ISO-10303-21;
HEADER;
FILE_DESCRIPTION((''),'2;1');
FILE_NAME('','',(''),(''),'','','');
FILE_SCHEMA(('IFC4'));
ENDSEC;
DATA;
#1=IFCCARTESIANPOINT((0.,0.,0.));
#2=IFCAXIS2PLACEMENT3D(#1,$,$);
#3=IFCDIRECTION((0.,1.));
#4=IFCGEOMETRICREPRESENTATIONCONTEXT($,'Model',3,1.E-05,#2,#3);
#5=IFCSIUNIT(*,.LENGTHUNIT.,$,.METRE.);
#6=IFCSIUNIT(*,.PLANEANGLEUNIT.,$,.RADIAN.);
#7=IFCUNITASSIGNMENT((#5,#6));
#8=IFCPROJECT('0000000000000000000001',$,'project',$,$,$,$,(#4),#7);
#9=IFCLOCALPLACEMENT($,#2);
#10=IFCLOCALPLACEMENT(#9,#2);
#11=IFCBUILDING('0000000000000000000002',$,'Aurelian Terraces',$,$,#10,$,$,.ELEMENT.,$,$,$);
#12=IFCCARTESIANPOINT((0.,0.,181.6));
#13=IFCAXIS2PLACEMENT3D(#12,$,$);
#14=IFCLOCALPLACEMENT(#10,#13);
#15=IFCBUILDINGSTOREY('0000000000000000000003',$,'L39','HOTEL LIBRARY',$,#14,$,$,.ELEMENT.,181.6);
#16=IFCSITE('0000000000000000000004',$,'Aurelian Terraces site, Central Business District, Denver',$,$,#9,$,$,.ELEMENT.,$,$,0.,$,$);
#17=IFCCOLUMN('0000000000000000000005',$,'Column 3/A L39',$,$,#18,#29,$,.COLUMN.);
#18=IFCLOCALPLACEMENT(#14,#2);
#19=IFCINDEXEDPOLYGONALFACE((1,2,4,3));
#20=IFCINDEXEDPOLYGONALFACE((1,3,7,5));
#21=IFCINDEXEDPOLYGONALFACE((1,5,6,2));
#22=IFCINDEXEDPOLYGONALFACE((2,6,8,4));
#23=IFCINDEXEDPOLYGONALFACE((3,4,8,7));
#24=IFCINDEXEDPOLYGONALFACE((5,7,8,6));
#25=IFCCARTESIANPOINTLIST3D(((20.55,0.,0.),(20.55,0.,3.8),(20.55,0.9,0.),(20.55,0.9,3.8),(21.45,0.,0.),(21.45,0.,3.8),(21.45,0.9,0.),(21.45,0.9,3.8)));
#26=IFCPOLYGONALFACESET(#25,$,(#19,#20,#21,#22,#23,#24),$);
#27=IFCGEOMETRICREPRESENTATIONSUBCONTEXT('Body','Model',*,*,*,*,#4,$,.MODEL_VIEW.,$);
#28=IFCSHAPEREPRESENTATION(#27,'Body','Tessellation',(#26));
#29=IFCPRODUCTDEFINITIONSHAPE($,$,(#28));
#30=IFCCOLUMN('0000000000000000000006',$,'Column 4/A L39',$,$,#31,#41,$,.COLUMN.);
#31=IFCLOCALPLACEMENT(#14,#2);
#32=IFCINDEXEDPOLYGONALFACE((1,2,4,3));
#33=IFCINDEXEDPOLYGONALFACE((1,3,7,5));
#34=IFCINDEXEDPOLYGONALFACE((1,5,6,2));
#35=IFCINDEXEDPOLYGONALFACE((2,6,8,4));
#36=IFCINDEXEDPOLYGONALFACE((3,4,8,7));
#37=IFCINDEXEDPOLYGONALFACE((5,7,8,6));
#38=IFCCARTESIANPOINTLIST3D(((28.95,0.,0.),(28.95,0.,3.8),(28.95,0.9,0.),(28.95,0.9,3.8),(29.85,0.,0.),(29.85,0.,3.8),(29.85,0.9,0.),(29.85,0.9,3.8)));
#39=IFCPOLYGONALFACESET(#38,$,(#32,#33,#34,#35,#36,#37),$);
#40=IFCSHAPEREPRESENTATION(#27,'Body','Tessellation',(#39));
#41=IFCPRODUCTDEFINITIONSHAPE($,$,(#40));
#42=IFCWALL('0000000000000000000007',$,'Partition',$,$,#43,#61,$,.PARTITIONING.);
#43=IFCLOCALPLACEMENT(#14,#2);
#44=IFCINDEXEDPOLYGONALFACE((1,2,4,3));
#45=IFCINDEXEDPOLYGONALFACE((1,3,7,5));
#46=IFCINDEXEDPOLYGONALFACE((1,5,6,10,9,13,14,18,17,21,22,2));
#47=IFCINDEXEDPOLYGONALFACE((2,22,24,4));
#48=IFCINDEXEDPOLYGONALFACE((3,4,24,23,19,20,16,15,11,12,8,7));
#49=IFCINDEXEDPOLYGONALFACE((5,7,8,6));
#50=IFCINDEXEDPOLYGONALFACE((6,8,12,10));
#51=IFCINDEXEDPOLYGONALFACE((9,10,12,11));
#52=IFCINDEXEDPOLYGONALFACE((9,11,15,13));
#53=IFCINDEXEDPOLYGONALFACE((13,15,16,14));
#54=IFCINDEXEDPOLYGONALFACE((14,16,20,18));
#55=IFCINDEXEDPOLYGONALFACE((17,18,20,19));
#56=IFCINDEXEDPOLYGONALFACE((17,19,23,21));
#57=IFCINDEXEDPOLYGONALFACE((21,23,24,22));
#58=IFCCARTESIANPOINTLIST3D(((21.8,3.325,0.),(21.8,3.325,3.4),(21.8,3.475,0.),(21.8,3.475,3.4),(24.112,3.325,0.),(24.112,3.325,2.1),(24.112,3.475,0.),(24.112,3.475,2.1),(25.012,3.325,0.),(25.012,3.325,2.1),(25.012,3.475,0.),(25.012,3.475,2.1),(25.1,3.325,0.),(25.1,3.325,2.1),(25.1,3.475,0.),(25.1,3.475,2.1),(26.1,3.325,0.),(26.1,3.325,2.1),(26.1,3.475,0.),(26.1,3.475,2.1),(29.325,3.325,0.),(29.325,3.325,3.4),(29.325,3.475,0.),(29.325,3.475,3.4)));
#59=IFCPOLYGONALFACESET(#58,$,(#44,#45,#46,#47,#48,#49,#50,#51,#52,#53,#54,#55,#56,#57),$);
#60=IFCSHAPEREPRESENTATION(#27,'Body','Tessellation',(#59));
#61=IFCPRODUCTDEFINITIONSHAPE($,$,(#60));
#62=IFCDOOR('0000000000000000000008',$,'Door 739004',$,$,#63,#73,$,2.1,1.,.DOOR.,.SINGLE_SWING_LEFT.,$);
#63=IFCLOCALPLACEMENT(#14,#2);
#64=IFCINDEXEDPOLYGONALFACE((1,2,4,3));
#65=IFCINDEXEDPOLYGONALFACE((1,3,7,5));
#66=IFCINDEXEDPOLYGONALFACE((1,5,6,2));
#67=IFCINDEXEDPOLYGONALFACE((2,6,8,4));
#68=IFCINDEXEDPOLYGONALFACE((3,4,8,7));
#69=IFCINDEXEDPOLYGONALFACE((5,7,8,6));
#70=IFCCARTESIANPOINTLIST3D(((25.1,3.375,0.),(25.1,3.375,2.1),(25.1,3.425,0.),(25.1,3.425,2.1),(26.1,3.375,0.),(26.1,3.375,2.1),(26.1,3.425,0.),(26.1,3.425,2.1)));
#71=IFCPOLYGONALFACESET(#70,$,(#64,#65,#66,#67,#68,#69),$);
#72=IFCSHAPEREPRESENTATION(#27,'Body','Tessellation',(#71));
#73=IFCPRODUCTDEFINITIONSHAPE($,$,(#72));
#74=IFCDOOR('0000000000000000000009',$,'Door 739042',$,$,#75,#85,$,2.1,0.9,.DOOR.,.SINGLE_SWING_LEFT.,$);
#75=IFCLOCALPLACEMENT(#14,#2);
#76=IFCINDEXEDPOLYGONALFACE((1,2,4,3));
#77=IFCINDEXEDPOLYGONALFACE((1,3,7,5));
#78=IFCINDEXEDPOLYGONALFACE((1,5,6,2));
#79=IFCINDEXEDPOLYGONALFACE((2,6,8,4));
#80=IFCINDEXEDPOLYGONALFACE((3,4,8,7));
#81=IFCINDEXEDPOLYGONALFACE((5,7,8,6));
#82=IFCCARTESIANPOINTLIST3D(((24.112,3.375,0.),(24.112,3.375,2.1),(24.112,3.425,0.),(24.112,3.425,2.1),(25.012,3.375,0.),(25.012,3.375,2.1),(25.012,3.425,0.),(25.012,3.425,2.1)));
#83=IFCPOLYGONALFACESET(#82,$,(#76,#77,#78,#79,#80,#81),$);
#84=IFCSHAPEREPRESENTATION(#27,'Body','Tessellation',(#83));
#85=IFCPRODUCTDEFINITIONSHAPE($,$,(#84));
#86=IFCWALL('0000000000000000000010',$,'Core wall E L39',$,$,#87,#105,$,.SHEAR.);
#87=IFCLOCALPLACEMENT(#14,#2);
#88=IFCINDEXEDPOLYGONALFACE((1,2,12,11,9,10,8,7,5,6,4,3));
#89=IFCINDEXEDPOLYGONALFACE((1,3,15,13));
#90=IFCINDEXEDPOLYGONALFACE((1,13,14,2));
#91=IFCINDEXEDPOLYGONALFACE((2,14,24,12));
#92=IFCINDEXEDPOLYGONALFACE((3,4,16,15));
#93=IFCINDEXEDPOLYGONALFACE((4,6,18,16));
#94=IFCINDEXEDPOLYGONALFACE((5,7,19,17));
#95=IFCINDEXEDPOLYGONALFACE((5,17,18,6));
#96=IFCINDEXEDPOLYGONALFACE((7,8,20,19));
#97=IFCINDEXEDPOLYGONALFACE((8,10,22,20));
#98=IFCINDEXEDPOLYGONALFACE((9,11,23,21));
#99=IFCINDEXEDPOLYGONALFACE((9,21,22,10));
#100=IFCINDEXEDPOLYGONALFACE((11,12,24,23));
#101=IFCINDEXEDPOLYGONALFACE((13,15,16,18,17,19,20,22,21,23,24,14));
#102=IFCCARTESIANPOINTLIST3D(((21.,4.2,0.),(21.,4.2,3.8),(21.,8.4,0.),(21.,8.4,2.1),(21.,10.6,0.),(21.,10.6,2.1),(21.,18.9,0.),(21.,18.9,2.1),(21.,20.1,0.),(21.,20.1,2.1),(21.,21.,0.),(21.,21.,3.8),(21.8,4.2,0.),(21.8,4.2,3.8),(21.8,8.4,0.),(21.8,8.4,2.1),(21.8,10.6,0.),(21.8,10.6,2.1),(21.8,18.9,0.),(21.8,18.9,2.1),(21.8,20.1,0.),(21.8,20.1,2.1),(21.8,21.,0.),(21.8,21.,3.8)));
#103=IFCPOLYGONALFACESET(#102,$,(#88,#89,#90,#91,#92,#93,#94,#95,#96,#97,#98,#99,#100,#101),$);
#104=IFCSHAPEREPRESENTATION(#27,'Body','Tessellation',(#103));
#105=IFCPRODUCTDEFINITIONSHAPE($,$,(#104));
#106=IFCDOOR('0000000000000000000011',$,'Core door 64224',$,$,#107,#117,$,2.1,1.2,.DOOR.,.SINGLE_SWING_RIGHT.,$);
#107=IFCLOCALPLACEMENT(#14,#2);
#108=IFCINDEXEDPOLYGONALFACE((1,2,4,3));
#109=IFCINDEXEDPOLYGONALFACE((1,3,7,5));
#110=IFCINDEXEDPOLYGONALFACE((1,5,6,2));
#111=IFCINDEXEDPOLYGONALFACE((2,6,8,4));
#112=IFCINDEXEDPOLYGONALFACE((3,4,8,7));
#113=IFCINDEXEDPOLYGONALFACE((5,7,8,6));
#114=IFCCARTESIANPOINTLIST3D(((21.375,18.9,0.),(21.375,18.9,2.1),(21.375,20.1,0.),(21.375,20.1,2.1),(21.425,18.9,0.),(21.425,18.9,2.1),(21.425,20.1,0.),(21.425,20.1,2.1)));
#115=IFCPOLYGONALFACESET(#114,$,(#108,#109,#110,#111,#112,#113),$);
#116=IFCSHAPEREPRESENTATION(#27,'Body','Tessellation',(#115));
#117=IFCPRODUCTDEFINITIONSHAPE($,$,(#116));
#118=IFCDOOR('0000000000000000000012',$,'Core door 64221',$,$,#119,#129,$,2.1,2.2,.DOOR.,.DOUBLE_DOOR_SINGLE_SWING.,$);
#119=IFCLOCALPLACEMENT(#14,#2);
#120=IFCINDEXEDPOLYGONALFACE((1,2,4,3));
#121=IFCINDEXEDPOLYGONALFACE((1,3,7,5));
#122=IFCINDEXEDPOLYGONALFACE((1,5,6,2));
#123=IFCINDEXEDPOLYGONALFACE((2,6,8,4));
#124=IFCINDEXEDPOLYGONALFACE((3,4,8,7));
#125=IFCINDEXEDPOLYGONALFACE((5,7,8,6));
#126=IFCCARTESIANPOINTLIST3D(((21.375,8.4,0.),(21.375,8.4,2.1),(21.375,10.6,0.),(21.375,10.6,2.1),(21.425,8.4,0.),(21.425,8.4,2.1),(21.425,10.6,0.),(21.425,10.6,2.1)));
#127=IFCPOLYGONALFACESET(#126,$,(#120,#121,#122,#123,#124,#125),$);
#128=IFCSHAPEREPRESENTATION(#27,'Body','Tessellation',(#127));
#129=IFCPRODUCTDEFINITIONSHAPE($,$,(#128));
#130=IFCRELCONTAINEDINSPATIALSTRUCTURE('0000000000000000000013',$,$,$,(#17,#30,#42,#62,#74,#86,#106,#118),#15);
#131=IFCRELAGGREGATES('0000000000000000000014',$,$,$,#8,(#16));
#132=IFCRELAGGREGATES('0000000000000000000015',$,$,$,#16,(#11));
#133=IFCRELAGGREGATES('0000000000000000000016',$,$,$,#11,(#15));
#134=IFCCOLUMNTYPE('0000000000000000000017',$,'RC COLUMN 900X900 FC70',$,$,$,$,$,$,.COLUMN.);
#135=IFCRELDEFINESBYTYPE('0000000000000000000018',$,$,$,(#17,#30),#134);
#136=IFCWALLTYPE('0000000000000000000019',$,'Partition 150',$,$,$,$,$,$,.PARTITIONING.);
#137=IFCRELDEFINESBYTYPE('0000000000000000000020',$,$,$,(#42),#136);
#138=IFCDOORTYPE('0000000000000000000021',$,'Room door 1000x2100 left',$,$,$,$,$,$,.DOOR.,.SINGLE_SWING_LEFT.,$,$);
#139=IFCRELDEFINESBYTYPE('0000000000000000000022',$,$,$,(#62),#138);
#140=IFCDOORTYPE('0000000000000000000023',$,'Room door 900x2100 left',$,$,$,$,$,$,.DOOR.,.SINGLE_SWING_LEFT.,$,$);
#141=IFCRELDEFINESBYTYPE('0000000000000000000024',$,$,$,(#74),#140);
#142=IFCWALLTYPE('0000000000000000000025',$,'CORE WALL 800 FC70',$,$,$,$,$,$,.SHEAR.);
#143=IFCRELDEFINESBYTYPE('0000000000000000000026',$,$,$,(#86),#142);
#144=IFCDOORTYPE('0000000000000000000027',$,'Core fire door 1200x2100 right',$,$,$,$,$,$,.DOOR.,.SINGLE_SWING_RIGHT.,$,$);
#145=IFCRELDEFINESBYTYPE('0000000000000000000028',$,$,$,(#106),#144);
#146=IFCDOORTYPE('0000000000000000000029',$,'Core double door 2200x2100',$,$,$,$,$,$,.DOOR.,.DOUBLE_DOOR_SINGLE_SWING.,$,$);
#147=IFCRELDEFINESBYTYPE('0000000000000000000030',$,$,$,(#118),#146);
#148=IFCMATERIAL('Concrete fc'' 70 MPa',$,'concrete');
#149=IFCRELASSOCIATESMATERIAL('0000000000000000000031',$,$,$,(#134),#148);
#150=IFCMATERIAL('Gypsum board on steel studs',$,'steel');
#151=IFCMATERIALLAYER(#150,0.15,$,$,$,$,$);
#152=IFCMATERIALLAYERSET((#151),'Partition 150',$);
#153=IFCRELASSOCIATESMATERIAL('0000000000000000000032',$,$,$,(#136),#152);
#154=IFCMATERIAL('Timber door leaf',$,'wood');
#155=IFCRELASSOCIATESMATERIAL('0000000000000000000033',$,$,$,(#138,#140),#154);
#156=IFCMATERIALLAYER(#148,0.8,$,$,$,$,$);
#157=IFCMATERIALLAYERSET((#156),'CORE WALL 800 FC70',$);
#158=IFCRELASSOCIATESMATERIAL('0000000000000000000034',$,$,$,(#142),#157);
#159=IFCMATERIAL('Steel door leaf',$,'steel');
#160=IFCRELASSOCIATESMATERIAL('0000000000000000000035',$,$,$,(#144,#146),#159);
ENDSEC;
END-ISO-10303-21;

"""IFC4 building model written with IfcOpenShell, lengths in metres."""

from ifc_helpers import new_model, si_unit, direction, frame, frame_2d, origin, origin_2d, place, context, subcontext, project, spatial, rectangle, extrude, source, transform, mapped, material, layer, layer_set, material_profile, profile_set, type_object, element, fill, save


model = new_model("IFC4")

# Units and contexts
model_context = context("Model", 3, precision=1e-05, world=origin(), true_north=direction((0.0, 1.0)))
body_context = subcontext(model_context, "Body", "Model", "MODEL_VIEW")
ifc_project = project(units=[si_unit("LENGTHUNIT", "METRE"), si_unit("PLANEANGLEUNIT", "RADIAN")], contexts=[model_context])

# Site, building, storey
site_placement = place(None, origin())
site = spatial("IfcSite", under=ifc_project, at=site_placement, Name="Aurelian Terraces site, Central Business District, Denver", CompositionType="ELEMENT", RefElevation=0.0)
building_placement = place(site_placement, origin())
building = spatial("IfcBuilding", under=site, at=building_placement, Name="Aurelian Terraces", CompositionType="ELEMENT")
storey_placement = place(building_placement, frame((0.0, 0.0, 181.6)))
storey = spatial("IfcBuildingStorey", under=building, at=storey_placement, Name="L39", Description="HOTEL LIBRARY", CompositionType="ELEMENT", Elevation=181.6)

# Columns
ifc_material_1 = material(Name="Concrete fc' 70 MPa", Category="concrete")
ifc_material_profile = material_profile(ifc_material_1, rectangle(XDim=0.9, YDim=0.9, at=origin_2d()))
ifc_profile_set = profile_set([ifc_material_profile], Name="Concrete fc' 70 MPa")
column_type = type_object("IfcColumnType", Name="RC COLUMN 900X900 FC70", PredefinedType="COLUMN", material=ifc_profile_set)
shared_shape_1 = source(origin(), body_context, "Body", "SweptSolid", [
    extrude(rectangle(XDim=0.9, YDim=0.9, at=origin_2d()), origin(), (0.0, 0.0, 1.0), 3.8),
])
for number, where, z_axis, x_axis, name in (
    (1, (21.0, 0.45, 0.0), (0.0, 0.0, 1.0), (1.0, 0.0, 0.0), "Column 3/A L39"),
    (2, (29.4, 0.45, 0.0), (0.0, 0.0, 1.0), (1.0, 0.0, 0.0), "Column 4/A L39"),
):
    element("IfcColumn", number, at=place(storey_placement, frame(where, z_axis=z_axis, x_axis=x_axis)), inside=storey, type_object=column_type, Name=name, PredefinedType="COLUMN", context=body_context, shape_type="MappedRepresentation", body=[
        mapped(shared_shape_1, transform((0.0, 0.0, 0.0), scale=1.0)),
    ])

# Walls, openings, doors
ifc_material_2 = material(Name="Gypsum board on steel studs", Category="steel")
ifc_layer_1 = layer(ifc_material_2, 0.15)
ifc_layer_set_1 = layer_set([ifc_layer_1], Name="Partition 150")
wall_type_1 = type_object("IfcWallType", Name="Partition 150", PredefinedType="PARTITIONING", material=ifc_layer_set_1)
wall_1_placement = place(storey_placement, frame((21.8, 3.4, 0.0), z_axis=(0.0, 0.0, 1.0), x_axis=(1.0, 0.0, 0.0)))
wall_1 = element("IfcWall", 3, at=wall_1_placement, inside=storey, type_object=wall_type_1, Name="Partition", PredefinedType="PARTITIONING", context=body_context, shape_type="SweptSolid", body=[
    extrude(rectangle(XDim=7.525, YDim=0.15, at=frame_2d((3.7625, 0.0))), origin(), (0.0, 0.0, 1.0), 3.4),
])
shared_shape_2 = source(origin(), body_context, "Body", "SweptSolid", [
    extrude(rectangle(XDim=1.0, YDim=2.1, at=frame_2d((0.5, 1.05))), frame((0.0, 0.085, 0.0), z_axis=(0.0, -1.0, 0.0), x_axis=(1.0, 0.0, 0.0)), (0.0, 0.0, 1.0), 0.17),
])
opening_1_placement = place(wall_1_placement, frame((3.3, 0.0, 0.0)))
opening_1 = element("IfcOpeningElement", 4, at=opening_1_placement, cuts=wall_1, PredefinedType="OPENING", context=body_context, shape_type="MappedRepresentation", body=[
    mapped(shared_shape_2, transform((0.0, 0.0, 0.0), scale=1.0)),
])
shared_shape_3 = source(origin(), body_context, "Body", "SweptSolid", [
    extrude(rectangle(XDim=0.9, YDim=2.1, at=frame_2d((0.45, 1.05))), frame((0.0, 0.085, 0.0), z_axis=(0.0, -1.0, 0.0), x_axis=(1.0, 0.0, 0.0)), (0.0, 0.0, 1.0), 0.17),
])
opening_2_placement = place(wall_1_placement, frame((2.312, 0.0, 0.0)))
opening_2 = element("IfcOpeningElement", 5, at=opening_2_placement, cuts=wall_1, PredefinedType="OPENING", context=body_context, shape_type="MappedRepresentation", body=[
    mapped(shared_shape_3, transform((0.0, 0.0, 0.0), scale=1.0)),
])
ifc_material_3 = material(Name="Timber door leaf", Category="wood")
door_type_1 = type_object("IfcDoorType", Name="Room door 1000x2100 left", OperationType="SINGLE_SWING_LEFT", PredefinedType="DOOR", material=ifc_material_3)
shared_shape_4 = source(origin(), body_context, "Body", "SweptSolid", [
    extrude(rectangle(XDim=1.0, YDim=2.1, at=frame_2d((0.5, 1.05))), frame((0.0, 0.025, 0.0), z_axis=(0.0, -1.0, 0.0), x_axis=(1.0, 0.0, 0.0)), (0.0, 0.0, 1.0), 0.05),
])
door_1_placement = place(opening_1_placement, origin())
door_1 = element("IfcDoor", 6, at=door_1_placement, inside=storey, type_object=door_type_1, Name="Door 739004", OperationType="SINGLE_SWING_LEFT", OverallHeight=2.1, OverallWidth=1.0, PredefinedType="DOOR", context=body_context, shape_type="MappedRepresentation", body=[
    mapped(shared_shape_4, transform((0.0, 0.0, 0.0), scale=1.0)),
])
fill(opening_1, door_1)
door_type_2 = type_object("IfcDoorType", Name="Room door 900x2100 left", OperationType="SINGLE_SWING_LEFT", PredefinedType="DOOR", material=ifc_material_3)
shared_shape_5 = source(origin(), body_context, "Body", "SweptSolid", [
    extrude(rectangle(XDim=0.9, YDim=2.1, at=frame_2d((0.45, 1.05))), frame((0.0, 0.025, 0.0), z_axis=(0.0, -1.0, 0.0), x_axis=(1.0, 0.0, 0.0)), (0.0, 0.0, 1.0), 0.05),
])
door_2_placement = place(opening_2_placement, origin())
door_2 = element("IfcDoor", 7, at=door_2_placement, inside=storey, type_object=door_type_2, Name="Door 739042", OperationType="SINGLE_SWING_LEFT", OverallHeight=2.1, OverallWidth=0.9, PredefinedType="DOOR", context=body_context, shape_type="MappedRepresentation", body=[
    mapped(shared_shape_5, transform((0.0, 0.0, 0.0), scale=1.0)),
])
fill(opening_2, door_2)
ifc_layer_2 = layer(ifc_material_1, 0.8)
ifc_layer_set_2 = layer_set([ifc_layer_2], Name="CORE WALL 800 FC70")
wall_type_2 = type_object("IfcWallType", Name="CORE WALL 800 FC70", PredefinedType="SHEAR", material=ifc_layer_set_2)
shared_shape_6 = source(origin(), body_context, "Body", "SweptSolid", [
    extrude(rectangle(XDim=16.8, YDim=0.8, at=frame_2d((8.4, 0.0))), origin(), (0.0, 0.0, 1.0), 3.8),
])
wall_2_placement = place(storey_placement, frame((21.4, 4.2, 0.0), z_axis=(0.0, 0.0, 1.0), x_axis=(0.0, 1.0, 0.0)))
wall_2 = element("IfcWall", 8, at=wall_2_placement, inside=storey, type_object=wall_type_2, Name="Core wall E L39", PredefinedType="SHEAR", context=body_context, shape_type="MappedRepresentation", body=[
    mapped(shared_shape_6, transform((0.0, 0.0, 0.0), scale=1.0)),
])
shared_shape_7 = source(origin(), body_context, "Body", "SweptSolid", [
    extrude(rectangle(XDim=2.2, YDim=2.1, at=frame_2d((1.1, 1.05))), frame((0.0, 0.41, 0.0), z_axis=(0.0, -1.0, 0.0), x_axis=(1.0, 0.0, 0.0)), (0.0, 0.0, 1.0), 0.82),
])
opening_3_placement = place(wall_2_placement, frame((4.2, 0.0, 0.0)))
opening_3 = element("IfcOpeningElement", 9, at=opening_3_placement, cuts=wall_2, PredefinedType="OPENING", context=body_context, shape_type="MappedRepresentation", body=[
    mapped(shared_shape_7, transform((0.0, 0.0, 0.0), scale=1.0)),
])
shared_shape_8 = source(origin(), body_context, "Body", "SweptSolid", [
    extrude(rectangle(XDim=1.2, YDim=2.1, at=frame_2d((0.6, 1.05))), frame((0.0, 0.41, 0.0), z_axis=(0.0, -1.0, 0.0), x_axis=(1.0, 0.0, 0.0)), (0.0, 0.0, 1.0), 0.82),
])
opening_4_placement = place(wall_2_placement, frame((14.7, 0.0, 0.0)))
opening_4 = element("IfcOpeningElement", 10, at=opening_4_placement, cuts=wall_2, PredefinedType="OPENING", context=body_context, shape_type="MappedRepresentation", body=[
    mapped(shared_shape_8, transform((0.0, 0.0, 0.0), scale=1.0)),
])
ifc_material_4 = material(Name="Steel door leaf", Category="steel")
door_type_3 = type_object("IfcDoorType", Name="Core fire door 1200x2100 right", OperationType="SINGLE_SWING_RIGHT", PredefinedType="DOOR", material=ifc_material_4)
shared_shape_9 = source(origin(), body_context, "Body", "SweptSolid", [
    extrude(rectangle(XDim=1.2, YDim=2.1, at=frame_2d((0.6, 1.05))), frame((0.0, 0.025, 0.0), z_axis=(0.0, -1.0, 0.0), x_axis=(1.0, 0.0, 0.0)), (0.0, 0.0, 1.0), 0.05),
])
door_3_placement = place(opening_4_placement, origin())
door_3 = element("IfcDoor", 11, at=door_3_placement, inside=storey, type_object=door_type_3, Name="Core door 64224", OperationType="SINGLE_SWING_RIGHT", OverallHeight=2.1, OverallWidth=1.2, PredefinedType="DOOR", context=body_context, shape_type="MappedRepresentation", body=[
    mapped(shared_shape_9, transform((0.0, 0.0, 0.0), scale=1.0)),
])
fill(opening_4, door_3)
door_type_4 = type_object("IfcDoorType", Name="Core double door 2200x2100", OperationType="DOUBLE_DOOR_SINGLE_SWING", PredefinedType="DOOR", material=ifc_material_4)
shared_shape_10 = source(origin(), body_context, "Body", "SweptSolid", [
    extrude(rectangle(XDim=2.2, YDim=2.1, at=frame_2d((1.1, 1.05))), frame((0.0, 0.025, 0.0), z_axis=(0.0, -1.0, 0.0), x_axis=(1.0, 0.0, 0.0)), (0.0, 0.0, 1.0), 0.05),
])
door_4_placement = place(opening_3_placement, origin())
door_4 = element("IfcDoor", 12, at=door_4_placement, inside=storey, type_object=door_type_4, Name="Core door 64221", OperationType="DOUBLE_DOOR_SINGLE_SWING", OverallHeight=2.1, OverallWidth=2.2, PredefinedType="DOOR", context=body_context, shape_type="MappedRepresentation", body=[
    mapped(shared_shape_10, transform((0.0, 0.0, 0.0), scale=1.0)),
])
fill(opening_3, door_4)

save(model, "model.ifc")
